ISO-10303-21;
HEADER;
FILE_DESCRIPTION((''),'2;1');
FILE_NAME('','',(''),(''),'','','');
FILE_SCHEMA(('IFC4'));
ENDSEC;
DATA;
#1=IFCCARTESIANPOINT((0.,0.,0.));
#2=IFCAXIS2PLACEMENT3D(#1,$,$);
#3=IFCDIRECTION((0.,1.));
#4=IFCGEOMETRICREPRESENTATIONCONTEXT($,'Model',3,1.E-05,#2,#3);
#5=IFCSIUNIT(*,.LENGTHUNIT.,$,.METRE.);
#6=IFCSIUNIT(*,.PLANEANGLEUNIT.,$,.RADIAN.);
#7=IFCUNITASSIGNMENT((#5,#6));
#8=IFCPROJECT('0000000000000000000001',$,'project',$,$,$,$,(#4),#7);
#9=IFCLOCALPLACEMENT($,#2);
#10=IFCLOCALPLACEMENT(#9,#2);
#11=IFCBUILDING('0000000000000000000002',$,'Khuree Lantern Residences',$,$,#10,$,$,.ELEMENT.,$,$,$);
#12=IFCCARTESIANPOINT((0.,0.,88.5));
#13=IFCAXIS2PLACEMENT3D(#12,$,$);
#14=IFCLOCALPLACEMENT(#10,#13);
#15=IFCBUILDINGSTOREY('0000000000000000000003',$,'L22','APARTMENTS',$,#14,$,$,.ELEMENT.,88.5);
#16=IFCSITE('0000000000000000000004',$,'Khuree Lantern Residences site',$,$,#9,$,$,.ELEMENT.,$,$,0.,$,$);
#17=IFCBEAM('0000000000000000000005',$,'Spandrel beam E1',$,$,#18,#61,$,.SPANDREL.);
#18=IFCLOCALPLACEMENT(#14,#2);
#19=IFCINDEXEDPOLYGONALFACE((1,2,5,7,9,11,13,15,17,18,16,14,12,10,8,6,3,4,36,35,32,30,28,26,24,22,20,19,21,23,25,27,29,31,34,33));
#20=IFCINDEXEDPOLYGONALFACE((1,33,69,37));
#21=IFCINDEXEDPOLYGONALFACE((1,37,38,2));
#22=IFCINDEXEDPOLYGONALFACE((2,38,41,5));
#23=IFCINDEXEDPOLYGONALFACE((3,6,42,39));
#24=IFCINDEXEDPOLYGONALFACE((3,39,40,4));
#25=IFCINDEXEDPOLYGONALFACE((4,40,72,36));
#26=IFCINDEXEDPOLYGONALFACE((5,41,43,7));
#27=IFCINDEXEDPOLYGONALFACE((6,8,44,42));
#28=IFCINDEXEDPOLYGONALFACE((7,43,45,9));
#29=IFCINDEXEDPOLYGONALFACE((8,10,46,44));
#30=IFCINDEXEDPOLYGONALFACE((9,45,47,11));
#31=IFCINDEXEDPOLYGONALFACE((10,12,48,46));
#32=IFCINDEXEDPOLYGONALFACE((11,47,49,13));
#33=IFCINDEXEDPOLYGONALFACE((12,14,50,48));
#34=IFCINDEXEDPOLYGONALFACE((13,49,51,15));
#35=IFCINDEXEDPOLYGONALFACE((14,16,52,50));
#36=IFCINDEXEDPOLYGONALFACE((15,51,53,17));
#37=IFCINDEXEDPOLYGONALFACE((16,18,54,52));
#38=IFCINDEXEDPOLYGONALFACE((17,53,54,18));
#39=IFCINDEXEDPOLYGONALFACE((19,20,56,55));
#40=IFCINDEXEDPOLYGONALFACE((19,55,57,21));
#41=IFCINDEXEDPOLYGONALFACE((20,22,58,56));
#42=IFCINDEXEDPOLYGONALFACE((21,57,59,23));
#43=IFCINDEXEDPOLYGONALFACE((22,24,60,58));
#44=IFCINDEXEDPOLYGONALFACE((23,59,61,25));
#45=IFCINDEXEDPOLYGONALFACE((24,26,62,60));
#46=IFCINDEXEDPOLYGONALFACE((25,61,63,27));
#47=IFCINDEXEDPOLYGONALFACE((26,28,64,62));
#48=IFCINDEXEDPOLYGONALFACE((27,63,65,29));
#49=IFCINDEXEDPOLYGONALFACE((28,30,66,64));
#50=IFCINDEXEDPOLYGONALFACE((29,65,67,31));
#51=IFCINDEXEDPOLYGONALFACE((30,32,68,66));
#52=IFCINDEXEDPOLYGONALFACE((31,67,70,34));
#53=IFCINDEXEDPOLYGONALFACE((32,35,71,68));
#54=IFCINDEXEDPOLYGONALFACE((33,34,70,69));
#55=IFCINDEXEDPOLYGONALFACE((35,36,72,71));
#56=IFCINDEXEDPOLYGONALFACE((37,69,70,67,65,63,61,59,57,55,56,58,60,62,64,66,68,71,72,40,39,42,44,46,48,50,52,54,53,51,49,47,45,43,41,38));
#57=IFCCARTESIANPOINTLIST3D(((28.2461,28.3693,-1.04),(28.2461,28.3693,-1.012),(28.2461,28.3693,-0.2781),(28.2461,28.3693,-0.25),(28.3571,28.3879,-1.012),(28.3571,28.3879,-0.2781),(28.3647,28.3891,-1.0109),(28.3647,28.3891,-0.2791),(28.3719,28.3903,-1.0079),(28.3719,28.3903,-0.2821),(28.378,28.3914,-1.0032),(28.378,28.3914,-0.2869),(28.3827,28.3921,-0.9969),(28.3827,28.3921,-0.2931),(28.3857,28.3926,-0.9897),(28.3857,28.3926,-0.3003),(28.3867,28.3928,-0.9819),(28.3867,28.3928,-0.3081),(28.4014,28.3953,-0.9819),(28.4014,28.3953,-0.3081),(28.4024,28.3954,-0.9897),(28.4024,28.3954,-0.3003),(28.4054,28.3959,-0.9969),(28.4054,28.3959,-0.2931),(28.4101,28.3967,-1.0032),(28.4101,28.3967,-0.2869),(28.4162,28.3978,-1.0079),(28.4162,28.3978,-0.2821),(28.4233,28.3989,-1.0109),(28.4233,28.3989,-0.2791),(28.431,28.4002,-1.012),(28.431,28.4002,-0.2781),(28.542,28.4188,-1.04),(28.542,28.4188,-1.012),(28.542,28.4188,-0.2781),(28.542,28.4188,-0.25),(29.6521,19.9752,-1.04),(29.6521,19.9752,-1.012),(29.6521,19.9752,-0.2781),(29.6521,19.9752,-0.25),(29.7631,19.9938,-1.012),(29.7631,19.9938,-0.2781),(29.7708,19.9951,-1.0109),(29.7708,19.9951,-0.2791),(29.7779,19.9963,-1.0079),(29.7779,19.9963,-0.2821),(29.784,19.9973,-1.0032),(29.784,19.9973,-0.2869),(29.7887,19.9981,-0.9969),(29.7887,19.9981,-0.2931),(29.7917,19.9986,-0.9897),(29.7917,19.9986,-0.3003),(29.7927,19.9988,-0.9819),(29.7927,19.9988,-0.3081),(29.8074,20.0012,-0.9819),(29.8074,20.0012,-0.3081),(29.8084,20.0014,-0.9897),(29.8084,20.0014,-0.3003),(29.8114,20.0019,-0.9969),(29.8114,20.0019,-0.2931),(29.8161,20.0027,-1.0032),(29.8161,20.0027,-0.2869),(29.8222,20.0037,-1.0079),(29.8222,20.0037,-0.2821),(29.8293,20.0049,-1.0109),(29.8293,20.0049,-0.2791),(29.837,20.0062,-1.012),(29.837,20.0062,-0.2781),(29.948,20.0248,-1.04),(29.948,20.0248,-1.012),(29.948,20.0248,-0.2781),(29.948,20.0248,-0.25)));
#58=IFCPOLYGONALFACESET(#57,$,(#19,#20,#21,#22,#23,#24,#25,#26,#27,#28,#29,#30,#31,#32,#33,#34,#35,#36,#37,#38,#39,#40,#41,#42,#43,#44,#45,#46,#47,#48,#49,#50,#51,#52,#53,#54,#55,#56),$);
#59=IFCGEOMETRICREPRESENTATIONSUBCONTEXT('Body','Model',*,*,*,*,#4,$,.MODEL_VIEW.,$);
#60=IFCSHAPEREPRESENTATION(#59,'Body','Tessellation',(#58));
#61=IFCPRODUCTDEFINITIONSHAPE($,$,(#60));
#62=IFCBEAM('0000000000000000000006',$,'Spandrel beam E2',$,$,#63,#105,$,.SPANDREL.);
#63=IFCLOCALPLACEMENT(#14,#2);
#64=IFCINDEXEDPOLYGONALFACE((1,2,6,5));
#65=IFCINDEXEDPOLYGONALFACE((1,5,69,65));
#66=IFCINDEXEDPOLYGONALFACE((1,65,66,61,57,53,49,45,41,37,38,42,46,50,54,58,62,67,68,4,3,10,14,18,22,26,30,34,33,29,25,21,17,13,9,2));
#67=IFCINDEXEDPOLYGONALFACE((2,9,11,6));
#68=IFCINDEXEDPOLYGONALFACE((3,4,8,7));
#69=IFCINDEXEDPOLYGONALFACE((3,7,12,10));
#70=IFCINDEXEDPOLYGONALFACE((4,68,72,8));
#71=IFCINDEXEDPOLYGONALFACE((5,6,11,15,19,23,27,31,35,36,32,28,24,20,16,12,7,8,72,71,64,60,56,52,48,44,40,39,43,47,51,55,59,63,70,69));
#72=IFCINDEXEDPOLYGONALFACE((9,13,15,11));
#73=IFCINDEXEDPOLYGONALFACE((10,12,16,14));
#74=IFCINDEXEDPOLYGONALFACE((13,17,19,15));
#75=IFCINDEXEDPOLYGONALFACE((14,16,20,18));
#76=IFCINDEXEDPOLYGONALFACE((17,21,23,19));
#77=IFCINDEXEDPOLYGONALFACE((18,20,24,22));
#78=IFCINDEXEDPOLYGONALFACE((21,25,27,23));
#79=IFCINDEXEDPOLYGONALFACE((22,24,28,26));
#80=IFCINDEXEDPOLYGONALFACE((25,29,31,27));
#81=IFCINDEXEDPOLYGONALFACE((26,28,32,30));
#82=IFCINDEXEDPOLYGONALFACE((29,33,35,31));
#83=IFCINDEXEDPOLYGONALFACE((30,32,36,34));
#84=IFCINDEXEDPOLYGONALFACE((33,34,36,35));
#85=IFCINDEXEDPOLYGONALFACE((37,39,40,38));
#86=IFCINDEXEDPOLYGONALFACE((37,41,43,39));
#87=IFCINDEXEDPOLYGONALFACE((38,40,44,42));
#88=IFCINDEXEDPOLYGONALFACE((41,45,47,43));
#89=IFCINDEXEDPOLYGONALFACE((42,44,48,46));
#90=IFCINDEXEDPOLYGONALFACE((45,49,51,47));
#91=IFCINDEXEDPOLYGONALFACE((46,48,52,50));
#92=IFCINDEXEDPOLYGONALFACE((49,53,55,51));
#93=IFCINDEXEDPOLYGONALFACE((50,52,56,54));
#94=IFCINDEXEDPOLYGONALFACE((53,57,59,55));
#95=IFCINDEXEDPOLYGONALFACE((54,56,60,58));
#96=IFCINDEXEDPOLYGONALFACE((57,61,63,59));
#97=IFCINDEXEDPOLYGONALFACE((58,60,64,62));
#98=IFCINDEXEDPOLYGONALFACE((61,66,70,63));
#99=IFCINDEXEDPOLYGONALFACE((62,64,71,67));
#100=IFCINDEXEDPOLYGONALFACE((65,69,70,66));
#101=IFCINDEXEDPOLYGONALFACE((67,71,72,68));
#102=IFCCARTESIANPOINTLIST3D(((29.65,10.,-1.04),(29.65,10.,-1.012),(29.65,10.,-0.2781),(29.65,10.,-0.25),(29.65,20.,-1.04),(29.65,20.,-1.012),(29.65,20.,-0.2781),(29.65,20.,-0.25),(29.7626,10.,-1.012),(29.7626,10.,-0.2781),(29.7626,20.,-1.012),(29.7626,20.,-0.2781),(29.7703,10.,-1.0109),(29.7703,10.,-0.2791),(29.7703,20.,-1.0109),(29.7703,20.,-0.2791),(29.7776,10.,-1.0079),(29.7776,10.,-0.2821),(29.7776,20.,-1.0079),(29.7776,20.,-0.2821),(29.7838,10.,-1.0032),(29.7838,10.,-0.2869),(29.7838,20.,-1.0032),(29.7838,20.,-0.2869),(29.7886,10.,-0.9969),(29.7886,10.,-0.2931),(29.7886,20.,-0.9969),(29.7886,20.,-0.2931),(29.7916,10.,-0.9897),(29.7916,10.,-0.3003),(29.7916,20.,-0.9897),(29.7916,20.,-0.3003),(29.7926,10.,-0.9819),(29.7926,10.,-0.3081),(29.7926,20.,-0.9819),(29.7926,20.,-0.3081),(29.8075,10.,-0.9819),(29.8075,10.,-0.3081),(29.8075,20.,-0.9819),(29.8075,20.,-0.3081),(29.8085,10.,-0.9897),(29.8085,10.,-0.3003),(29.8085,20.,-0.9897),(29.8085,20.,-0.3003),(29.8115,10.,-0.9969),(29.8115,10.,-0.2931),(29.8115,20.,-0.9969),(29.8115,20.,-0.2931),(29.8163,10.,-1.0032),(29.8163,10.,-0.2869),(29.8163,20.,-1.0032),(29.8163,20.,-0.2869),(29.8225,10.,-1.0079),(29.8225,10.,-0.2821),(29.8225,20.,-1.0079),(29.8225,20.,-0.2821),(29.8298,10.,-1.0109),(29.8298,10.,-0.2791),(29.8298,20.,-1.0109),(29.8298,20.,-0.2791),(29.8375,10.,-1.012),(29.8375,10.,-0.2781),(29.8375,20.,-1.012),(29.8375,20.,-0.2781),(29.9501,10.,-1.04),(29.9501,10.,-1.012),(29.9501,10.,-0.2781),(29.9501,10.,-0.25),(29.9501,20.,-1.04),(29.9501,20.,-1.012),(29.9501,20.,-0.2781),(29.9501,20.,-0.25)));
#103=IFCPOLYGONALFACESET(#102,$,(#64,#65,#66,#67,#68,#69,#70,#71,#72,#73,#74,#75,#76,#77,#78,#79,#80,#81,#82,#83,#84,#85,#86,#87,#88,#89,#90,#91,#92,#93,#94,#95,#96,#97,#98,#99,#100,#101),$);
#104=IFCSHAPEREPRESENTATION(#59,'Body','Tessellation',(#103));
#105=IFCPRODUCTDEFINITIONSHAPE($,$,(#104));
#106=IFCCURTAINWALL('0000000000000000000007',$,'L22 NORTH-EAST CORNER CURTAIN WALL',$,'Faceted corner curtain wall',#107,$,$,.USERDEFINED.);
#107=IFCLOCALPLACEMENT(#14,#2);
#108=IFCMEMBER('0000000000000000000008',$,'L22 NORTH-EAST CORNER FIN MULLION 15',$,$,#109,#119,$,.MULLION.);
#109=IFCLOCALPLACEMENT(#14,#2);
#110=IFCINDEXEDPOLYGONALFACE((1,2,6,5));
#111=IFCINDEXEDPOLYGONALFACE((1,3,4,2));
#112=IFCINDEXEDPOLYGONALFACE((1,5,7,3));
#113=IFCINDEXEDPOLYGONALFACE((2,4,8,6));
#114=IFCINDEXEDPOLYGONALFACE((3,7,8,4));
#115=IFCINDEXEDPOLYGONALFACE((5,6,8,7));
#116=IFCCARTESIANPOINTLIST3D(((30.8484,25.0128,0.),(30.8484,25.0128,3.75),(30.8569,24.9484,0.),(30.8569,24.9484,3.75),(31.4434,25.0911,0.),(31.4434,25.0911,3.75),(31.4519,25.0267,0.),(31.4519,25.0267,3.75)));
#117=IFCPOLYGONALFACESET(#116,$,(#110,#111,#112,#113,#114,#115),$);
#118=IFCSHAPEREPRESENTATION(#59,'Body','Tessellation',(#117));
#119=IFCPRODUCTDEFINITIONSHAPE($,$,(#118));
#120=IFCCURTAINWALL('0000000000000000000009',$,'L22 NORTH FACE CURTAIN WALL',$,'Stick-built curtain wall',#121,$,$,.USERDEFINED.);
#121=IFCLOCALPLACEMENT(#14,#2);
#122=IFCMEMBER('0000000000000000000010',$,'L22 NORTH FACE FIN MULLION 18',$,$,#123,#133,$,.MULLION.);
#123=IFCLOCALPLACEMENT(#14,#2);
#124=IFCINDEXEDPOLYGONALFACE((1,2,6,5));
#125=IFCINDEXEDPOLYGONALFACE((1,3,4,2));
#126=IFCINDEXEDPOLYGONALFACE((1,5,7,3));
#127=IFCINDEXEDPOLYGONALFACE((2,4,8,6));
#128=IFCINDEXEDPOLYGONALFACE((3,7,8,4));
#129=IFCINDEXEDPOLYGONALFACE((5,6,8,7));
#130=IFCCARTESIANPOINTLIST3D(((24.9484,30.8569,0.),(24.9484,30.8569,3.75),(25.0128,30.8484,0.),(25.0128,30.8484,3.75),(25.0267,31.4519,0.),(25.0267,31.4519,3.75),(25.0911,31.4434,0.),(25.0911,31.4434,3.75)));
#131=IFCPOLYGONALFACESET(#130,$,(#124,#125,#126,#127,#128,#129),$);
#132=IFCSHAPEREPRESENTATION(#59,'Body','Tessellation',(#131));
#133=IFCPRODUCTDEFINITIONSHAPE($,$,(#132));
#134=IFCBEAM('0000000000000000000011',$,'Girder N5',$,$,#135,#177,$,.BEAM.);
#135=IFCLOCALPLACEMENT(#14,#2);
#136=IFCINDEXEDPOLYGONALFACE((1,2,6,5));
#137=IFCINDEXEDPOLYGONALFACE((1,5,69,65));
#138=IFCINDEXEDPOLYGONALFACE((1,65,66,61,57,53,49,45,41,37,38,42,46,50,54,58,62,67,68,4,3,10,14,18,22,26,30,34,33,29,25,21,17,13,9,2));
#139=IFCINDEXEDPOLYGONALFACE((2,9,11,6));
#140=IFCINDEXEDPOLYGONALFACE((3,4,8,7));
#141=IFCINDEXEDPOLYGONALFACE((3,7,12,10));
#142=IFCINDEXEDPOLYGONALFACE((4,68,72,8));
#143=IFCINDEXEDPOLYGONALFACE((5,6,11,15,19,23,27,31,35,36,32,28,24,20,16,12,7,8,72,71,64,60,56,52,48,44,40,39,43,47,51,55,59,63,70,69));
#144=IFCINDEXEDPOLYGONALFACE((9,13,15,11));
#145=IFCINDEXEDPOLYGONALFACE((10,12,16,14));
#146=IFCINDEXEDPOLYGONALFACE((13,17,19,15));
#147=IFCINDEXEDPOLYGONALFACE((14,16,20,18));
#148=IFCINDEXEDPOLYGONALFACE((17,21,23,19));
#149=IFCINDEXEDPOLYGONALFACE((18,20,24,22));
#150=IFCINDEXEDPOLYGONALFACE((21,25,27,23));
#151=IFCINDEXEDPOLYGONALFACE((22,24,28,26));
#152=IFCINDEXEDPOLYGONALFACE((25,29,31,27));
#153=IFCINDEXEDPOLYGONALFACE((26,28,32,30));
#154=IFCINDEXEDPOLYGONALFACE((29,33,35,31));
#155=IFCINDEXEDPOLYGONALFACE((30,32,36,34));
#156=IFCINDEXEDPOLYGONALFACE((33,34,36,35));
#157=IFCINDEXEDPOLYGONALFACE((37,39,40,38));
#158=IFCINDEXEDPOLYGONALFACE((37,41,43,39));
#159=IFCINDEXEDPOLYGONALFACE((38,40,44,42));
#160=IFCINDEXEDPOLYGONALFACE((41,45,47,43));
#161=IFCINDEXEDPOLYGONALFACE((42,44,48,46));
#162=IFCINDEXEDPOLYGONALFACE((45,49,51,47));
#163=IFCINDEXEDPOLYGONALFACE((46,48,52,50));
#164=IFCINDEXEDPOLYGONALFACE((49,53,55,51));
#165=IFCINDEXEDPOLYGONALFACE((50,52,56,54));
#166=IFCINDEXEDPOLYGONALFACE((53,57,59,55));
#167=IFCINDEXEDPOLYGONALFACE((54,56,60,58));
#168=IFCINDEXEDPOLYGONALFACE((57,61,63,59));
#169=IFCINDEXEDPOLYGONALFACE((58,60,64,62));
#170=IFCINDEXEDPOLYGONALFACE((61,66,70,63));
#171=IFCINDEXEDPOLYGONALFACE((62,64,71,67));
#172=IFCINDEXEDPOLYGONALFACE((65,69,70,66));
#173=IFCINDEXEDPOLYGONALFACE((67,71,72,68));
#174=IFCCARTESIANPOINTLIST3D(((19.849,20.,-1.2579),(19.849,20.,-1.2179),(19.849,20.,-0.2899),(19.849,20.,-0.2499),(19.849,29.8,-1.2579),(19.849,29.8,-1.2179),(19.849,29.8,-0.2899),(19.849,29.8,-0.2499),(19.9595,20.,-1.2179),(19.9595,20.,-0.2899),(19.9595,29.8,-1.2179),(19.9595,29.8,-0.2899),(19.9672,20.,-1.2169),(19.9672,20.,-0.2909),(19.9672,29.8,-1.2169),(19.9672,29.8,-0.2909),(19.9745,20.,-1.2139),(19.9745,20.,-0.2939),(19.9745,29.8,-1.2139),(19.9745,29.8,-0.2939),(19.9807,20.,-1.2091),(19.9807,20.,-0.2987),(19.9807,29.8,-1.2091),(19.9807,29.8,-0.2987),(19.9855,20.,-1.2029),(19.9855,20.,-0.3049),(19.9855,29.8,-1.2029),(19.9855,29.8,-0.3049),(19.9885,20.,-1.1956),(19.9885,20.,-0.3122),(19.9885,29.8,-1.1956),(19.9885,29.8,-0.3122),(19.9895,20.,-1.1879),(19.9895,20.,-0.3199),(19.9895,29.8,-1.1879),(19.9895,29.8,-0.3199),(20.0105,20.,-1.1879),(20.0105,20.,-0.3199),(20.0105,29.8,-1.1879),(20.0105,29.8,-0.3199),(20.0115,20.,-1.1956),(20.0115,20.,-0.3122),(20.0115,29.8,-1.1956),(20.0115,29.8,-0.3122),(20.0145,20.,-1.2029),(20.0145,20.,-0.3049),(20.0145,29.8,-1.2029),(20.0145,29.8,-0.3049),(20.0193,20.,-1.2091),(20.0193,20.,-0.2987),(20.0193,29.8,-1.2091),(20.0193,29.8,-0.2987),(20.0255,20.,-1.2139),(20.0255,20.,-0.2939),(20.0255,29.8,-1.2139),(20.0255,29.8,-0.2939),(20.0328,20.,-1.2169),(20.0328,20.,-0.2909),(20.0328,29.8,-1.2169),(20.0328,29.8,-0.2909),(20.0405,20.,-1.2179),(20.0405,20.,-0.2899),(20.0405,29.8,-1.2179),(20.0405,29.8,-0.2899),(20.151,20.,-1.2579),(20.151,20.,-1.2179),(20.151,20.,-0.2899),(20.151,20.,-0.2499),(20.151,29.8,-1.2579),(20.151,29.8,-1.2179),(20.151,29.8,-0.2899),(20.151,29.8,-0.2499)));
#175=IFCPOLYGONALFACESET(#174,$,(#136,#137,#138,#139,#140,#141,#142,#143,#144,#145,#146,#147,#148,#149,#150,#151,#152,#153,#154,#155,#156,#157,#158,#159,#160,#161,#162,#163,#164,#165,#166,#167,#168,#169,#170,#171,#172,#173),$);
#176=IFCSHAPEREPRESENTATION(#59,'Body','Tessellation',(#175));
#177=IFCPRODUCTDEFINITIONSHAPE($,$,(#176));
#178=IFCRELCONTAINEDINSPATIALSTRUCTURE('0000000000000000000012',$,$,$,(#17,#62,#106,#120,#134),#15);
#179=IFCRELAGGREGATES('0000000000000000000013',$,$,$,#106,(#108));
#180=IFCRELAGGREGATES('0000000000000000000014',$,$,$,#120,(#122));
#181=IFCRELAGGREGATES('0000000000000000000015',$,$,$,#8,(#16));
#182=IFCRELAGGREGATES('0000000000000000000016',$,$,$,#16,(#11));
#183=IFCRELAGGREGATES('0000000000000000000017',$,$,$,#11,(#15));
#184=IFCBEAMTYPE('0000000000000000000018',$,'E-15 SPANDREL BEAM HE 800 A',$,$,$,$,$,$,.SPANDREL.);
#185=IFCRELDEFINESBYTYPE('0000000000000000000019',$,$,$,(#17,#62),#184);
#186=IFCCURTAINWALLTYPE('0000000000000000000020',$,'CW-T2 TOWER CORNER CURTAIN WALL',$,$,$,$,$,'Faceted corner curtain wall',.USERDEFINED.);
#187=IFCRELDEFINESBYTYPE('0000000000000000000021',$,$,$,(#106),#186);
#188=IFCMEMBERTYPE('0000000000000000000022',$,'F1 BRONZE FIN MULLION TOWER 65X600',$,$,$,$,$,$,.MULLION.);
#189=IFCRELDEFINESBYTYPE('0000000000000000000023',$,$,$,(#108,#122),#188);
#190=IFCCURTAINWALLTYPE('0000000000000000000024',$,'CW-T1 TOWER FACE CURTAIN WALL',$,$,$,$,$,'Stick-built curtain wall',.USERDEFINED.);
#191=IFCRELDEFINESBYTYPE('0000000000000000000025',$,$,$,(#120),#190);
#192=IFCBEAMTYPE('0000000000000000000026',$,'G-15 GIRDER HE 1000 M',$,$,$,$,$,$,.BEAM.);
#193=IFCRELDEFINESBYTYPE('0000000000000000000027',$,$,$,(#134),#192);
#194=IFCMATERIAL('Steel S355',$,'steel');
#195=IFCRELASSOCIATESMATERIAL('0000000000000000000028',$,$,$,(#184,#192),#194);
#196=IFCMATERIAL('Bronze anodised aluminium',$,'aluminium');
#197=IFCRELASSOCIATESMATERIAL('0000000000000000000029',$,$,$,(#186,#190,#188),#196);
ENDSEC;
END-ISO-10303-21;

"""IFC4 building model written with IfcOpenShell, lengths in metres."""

from ifc_helpers import new_model, si_unit, direction, frame, origin, origin_2d, place, context, subcontext, project, spatial, rectangle, i_section, extrude, material, material_profile, profile_set, type_object, element, aggregate, save


model = new_model("IFC4")

# Units and contexts
model_context = context("Model", 3, precision=1e-05, world=origin(), true_north=direction((0.0, 1.0)))
body_context = subcontext(model_context, "Body", "Model", "MODEL_VIEW")
ifc_project = project(units=[si_unit("LENGTHUNIT", "METRE"), si_unit("PLANEANGLEUNIT", "RADIAN")], contexts=[model_context])

# Site, building, storey
site_placement = place(None, origin())
site = spatial("IfcSite", under=ifc_project, at=site_placement, Name="Khuree Lantern Residences site", CompositionType="ELEMENT", RefElevation=0.0)
building_placement = place(site_placement, origin())
building = spatial("IfcBuilding", under=site, at=building_placement, Name="Khuree Lantern Residences", CompositionType="ELEMENT")
storey_placement = place(building_placement, frame((0.0, 0.0, 88.5)))
storey = spatial("IfcBuildingStorey", under=building, at=storey_placement, Name="L22", Description="APARTMENTS", CompositionType="ELEMENT", Elevation=88.5)

# Beams
ifc_material_1 = material(Name="Steel S355", Category="steel")
ifc_material_profile_1 = material_profile(ifc_material_1, i_section(OverallWidth=0.3, OverallDepth=0.79, WebThickness=0.0149, FlangeThickness=0.0281, FilletRadius=0.03, at=origin_2d()), Name="HE 800 A")
ifc_profile_set_1 = profile_set([ifc_material_profile_1], Name="Steel S355")
beam_type_1 = type_object("IfcBeamType", Name="E-15 SPANDREL BEAM HE 800 A", PredefinedType="SPANDREL", material=ifc_profile_set_1)
for number, where, z_axis, x_axis, name in (
    (1, (28.394, 28.394, -0.645), (0.165199, -0.98626, 0.0), (0.98626, 0.165199, 0.0), "Spandrel beam E1"),
):
    element("IfcBeam", number, at=place(storey_placement, frame(where, z_axis=z_axis, x_axis=x_axis)), inside=storey, type_object=beam_type_1, Name=name, PredefinedType="SPANDREL", context=body_context, shape_type="SweptSolid", body=[
        extrude(i_section(OverallWidth=0.3, OverallDepth=0.79, WebThickness=0.0149, FlangeThickness=0.0281, FilletRadius=0.03, at=origin_2d()), origin(), (0.0, 0.0, 1.0), 8.511),
    ])
beam_1_placement = place(storey_placement, frame((29.8, 20.0, -0.645), z_axis=(0.0, -1.0, 0.0), x_axis=(1.0, 0.0, 0.0)))
element("IfcBeam", 2, at=beam_1_placement, inside=storey, type_object=beam_type_1, Name="Spandrel beam E2", PredefinedType="SPANDREL", context=body_context, shape_type="SweptSolid", body=[
    extrude(i_section(OverallWidth=0.3, OverallDepth=0.79, WebThickness=0.0149, FlangeThickness=0.0281, FilletRadius=0.03, at=origin_2d()), origin(), (0.0, 0.0, 1.0), 10.0),
])

# Curtain walls, members
ifc_material_2 = material(Name="Bronze anodised aluminium", Category="aluminium")
curtain_wall_type_1 = type_object("IfcCurtainWallType", Name="CW-T2 TOWER CORNER CURTAIN WALL", ElementType="Faceted corner curtain wall", PredefinedType="USERDEFINED", material=ifc_material_2)
curtain_wall_1_placement = place(storey_placement, origin())
curtain_wall_1 = element("IfcCurtainWall", 3, at=curtain_wall_1_placement, inside=storey, type_object=curtain_wall_type_1, Name="L22 NORTH-EAST CORNER CURTAIN WALL", ObjectType="Faceted corner curtain wall", PredefinedType="USERDEFINED")
ifc_material_profile_2 = material_profile(ifc_material_2, rectangle(XDim=0.0649, YDim=0.6001, at=origin_2d()), Name="F1 65X600")
ifc_profile_set_2 = profile_set([ifc_material_profile_2], Name="Bronze anodised aluminium")
member_type_1 = type_object("IfcMemberType", Name="F1 BRONZE FIN MULLION TOWER 65X600", PredefinedType="MULLION", material=ifc_profile_set_2)
member_1_placement = place(storey_placement, frame((31.1501, 25.0198, 0.0), z_axis=(0.0, 0.0, 1.0), x_axis=(-0.130526, 0.991445, 0.0)))
member_1 = element("IfcMember", 4, at=member_1_placement, type_object=member_type_1, Name="L22 NORTH-EAST CORNER FIN MULLION 15", PredefinedType="MULLION", context=body_context, shape_type="SweptSolid", body=[
    extrude(rectangle(XDim=0.0649, YDim=0.6001, at=origin_2d()), origin(), (0.0, 0.0, 1.0), 3.75),
])
curtain_wall_type_2 = type_object("IfcCurtainWallType", Name="CW-T1 TOWER FACE CURTAIN WALL", ElementType="Stick-built curtain wall", PredefinedType="USERDEFINED", material=ifc_material_2)
curtain_wall_2_placement = place(storey_placement, origin())
curtain_wall_2 = element("IfcCurtainWall", 5, at=curtain_wall_2_placement, inside=storey, type_object=curtain_wall_type_2, Name="L22 NORTH FACE CURTAIN WALL", ObjectType="Stick-built curtain wall", PredefinedType="USERDEFINED")
member_2_placement = place(storey_placement, frame((25.0198, 31.1501, 0.0), z_axis=(0.0, 0.0, 1.0), x_axis=(-0.991445, 0.130526, 0.0)))
member_2 = element("IfcMember", 6, at=member_2_placement, type_object=member_type_1, Name="L22 NORTH FACE FIN MULLION 18", PredefinedType="MULLION", context=body_context, shape_type="SweptSolid", body=[
    extrude(rectangle(XDim=0.0649, YDim=0.6001, at=origin_2d()), origin(), (0.0, 0.0, 1.0), 3.75),
])

# Beam
ifc_material_profile_3 = material_profile(ifc_material_1, i_section(OverallWidth=0.302, OverallDepth=1.0081, WebThickness=0.021, FlangeThickness=0.04, FilletRadius=0.03, at=origin_2d()), Name="HE 1000 M")
ifc_profile_set_3 = profile_set([ifc_material_profile_3], Name="Steel S355")
beam_type_2 = type_object("IfcBeamType", Name="G-15 GIRDER HE 1000 M", PredefinedType="BEAM", material=ifc_profile_set_3)
for number, where, z_axis, x_axis, name in (
    (7, (20.0, 29.8, -0.7539), (0.0, -1.0, 0.0), (1.0, 0.0, 0.0), "Girder N5"),
):
    element("IfcBeam", number, at=place(storey_placement, frame(where, z_axis=z_axis, x_axis=x_axis)), inside=storey, type_object=beam_type_2, Name=name, PredefinedType="BEAM", context=body_context, shape_type="SweptSolid", body=[
        extrude(i_section(OverallWidth=0.302, OverallDepth=1.0081, WebThickness=0.021, FlangeThickness=0.04, FilletRadius=0.03, at=origin_2d()), origin(), (0.0, 0.0, 1.0), 9.8),
    ])

aggregate(curtain_wall_1, [member_1])
aggregate(curtain_wall_2, [member_2])

save(model, "model.ifc")
